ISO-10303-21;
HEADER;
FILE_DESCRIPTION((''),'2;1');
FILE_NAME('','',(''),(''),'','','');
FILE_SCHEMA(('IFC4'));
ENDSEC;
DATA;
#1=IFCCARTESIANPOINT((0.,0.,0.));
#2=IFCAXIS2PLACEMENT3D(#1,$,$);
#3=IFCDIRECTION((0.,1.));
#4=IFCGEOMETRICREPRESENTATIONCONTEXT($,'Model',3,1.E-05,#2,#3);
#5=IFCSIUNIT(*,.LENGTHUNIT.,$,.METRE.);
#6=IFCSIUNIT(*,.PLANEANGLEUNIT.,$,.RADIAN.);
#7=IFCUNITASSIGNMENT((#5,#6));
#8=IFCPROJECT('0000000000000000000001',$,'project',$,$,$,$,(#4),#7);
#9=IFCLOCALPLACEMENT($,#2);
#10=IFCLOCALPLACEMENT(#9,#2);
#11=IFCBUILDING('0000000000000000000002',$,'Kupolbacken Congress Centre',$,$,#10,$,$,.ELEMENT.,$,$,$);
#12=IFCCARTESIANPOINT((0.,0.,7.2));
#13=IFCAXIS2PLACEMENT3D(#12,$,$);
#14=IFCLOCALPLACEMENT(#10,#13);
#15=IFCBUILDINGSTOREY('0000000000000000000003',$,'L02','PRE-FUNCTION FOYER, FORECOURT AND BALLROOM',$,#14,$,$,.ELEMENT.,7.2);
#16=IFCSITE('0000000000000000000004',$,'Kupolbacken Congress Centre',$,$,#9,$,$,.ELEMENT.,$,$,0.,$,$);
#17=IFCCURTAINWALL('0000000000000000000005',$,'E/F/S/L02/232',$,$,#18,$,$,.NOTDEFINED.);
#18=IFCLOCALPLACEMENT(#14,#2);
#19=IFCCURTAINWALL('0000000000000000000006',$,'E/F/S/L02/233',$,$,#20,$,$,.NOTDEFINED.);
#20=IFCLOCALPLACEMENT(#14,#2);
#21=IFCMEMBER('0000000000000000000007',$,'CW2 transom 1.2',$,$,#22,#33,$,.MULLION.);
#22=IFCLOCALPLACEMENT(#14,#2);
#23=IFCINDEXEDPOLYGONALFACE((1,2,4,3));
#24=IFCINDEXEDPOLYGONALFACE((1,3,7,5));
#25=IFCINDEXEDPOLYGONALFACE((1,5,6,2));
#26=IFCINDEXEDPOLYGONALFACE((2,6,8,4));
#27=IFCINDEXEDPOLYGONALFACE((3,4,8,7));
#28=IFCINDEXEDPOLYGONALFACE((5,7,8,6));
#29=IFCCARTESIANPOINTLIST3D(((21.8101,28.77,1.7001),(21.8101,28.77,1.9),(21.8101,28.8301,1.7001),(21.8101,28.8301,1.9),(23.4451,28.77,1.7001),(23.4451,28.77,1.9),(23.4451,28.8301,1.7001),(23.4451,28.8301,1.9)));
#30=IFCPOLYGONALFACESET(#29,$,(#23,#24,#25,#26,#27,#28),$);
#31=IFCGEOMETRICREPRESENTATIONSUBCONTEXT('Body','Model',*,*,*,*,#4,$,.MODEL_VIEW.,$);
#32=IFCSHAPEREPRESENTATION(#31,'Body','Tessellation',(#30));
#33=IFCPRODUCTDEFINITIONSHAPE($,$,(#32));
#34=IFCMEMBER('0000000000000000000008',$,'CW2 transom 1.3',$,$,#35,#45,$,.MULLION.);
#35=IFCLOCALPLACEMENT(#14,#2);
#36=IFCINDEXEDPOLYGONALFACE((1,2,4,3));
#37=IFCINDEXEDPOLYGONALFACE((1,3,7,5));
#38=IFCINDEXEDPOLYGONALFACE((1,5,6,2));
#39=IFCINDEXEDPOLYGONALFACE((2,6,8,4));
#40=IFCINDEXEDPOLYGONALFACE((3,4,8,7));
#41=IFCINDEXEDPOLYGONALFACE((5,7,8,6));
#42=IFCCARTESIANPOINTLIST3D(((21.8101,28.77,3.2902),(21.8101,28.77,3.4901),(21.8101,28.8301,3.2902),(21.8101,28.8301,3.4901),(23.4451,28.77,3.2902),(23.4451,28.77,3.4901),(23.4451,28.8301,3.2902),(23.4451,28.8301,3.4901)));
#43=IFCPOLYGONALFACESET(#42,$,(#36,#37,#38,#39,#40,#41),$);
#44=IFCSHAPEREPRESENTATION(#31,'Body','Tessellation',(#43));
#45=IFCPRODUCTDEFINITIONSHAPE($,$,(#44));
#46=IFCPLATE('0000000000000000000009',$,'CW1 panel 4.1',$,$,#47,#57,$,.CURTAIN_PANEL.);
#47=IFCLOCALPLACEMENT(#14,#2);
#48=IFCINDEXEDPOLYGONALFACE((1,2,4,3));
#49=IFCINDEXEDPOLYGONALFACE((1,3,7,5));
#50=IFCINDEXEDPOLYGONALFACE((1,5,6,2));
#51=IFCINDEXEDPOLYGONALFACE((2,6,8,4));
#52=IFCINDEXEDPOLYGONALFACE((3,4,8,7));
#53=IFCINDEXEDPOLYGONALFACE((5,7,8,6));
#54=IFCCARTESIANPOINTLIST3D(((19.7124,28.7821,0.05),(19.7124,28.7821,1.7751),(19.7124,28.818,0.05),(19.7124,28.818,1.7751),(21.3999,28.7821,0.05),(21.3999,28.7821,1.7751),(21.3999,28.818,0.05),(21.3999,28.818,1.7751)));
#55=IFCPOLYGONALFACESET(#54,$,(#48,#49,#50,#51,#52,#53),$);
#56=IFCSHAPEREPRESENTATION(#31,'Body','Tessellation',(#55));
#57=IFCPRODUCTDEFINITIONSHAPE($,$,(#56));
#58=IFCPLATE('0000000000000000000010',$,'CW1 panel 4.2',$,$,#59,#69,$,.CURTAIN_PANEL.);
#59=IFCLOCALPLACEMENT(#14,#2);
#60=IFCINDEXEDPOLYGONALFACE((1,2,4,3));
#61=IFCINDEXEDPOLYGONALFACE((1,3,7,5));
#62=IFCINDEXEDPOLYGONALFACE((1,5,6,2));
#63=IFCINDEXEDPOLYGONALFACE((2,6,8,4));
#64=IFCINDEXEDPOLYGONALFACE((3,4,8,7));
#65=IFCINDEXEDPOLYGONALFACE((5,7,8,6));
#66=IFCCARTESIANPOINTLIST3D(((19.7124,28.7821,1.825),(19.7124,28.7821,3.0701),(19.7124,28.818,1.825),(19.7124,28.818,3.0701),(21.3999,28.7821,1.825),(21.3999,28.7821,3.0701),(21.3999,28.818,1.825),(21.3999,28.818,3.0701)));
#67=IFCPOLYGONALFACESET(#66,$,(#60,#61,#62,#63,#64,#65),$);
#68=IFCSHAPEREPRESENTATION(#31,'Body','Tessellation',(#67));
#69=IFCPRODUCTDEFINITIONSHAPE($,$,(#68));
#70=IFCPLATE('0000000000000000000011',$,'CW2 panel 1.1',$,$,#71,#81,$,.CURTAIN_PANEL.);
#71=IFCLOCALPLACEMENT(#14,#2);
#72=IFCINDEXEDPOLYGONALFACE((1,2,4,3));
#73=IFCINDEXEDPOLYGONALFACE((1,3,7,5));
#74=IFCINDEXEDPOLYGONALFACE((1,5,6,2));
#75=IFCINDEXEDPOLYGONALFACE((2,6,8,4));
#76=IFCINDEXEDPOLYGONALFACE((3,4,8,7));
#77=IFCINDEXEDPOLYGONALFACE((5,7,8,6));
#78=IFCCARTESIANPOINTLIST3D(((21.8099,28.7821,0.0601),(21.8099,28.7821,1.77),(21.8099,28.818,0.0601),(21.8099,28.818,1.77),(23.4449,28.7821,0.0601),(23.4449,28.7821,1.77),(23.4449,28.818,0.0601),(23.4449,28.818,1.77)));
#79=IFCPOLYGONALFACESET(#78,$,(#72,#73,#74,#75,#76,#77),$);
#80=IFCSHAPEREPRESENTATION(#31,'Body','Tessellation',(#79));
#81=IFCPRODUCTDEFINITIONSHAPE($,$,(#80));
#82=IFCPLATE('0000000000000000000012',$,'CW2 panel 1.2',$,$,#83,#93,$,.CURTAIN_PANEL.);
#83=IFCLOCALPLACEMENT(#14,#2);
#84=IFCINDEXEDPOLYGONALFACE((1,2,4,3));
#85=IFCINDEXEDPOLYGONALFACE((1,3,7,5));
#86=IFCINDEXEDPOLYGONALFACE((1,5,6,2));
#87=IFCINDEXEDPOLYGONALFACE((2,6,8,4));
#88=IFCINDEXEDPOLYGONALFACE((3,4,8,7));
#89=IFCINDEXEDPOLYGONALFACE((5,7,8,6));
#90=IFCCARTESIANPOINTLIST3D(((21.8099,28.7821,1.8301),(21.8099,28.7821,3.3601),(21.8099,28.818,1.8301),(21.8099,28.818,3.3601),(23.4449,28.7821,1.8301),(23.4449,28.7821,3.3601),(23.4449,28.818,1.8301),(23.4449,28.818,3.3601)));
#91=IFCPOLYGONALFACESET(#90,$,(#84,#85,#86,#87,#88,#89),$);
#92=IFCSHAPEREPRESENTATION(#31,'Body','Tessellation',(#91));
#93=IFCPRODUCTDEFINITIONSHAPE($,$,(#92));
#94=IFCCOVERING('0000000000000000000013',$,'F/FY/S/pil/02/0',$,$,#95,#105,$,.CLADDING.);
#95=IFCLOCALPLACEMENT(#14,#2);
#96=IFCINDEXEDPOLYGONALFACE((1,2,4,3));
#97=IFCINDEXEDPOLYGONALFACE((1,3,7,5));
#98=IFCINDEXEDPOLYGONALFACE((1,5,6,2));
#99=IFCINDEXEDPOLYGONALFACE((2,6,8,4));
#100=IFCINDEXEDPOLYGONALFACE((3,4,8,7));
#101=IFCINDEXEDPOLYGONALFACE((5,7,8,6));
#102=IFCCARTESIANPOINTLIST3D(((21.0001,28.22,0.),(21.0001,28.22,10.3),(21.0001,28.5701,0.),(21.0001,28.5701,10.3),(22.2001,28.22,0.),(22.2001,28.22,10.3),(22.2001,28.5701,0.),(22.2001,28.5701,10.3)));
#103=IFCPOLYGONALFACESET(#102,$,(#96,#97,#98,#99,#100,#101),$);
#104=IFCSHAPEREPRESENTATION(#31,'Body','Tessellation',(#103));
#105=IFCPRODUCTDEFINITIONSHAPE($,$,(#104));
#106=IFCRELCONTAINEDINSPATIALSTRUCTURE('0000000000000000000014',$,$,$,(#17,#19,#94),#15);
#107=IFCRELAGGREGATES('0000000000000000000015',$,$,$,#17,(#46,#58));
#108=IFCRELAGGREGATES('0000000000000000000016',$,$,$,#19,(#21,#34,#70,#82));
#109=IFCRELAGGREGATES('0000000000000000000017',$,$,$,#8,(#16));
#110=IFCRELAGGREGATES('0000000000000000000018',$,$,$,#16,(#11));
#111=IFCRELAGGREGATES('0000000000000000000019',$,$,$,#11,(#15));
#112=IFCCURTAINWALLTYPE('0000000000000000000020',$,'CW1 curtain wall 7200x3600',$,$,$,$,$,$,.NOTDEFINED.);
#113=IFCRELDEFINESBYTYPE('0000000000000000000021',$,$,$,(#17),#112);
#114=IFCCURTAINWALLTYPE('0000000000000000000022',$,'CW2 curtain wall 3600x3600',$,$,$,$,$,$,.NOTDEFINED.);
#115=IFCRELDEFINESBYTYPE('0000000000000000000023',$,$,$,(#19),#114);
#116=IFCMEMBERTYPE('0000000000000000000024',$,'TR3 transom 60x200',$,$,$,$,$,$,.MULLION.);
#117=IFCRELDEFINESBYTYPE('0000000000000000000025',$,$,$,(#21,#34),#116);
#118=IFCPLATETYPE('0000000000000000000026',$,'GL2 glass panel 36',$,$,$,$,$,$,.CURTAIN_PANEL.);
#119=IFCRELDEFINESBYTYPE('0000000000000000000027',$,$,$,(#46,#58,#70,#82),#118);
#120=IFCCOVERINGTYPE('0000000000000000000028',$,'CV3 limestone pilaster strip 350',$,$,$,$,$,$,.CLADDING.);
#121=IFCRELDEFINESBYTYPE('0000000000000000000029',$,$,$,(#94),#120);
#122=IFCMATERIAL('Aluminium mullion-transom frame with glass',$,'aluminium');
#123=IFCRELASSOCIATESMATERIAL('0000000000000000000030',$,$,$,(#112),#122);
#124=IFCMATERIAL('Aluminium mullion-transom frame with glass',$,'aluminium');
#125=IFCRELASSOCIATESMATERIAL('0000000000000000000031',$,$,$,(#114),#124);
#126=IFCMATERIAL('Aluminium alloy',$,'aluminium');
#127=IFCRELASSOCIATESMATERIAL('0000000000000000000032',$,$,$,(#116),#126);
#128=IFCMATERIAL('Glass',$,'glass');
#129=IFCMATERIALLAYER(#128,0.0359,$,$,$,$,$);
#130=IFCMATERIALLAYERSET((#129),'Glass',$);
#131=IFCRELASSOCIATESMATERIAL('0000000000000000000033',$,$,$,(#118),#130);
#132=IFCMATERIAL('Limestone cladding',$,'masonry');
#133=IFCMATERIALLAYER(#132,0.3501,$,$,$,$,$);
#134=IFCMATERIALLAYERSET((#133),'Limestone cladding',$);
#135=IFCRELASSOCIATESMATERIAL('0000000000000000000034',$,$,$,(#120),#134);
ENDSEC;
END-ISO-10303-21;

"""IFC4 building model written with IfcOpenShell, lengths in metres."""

from ifc_helpers import new_model, si_unit, direction, frame, origin, origin_2d, place, context, subcontext, project, spatial, rectangle, extrude, material, layer, layer_set, material_profile, profile_set, type_object, element, aggregate, save


model = new_model("IFC4")

# Units and contexts
model_context = context("Model", 3, precision=1e-05, world=origin(), true_north=direction((0.0, 1.0)))
body_context = subcontext(model_context, "Body", "Model", "MODEL_VIEW")
ifc_project = project(units=[si_unit("LENGTHUNIT", "METRE"), si_unit("PLANEANGLEUNIT", "RADIAN")], contexts=[model_context])

# Site, building, storey
site_placement = place(None, origin())
site = spatial("IfcSite", under=ifc_project, at=site_placement, Name="Kupolbacken Congress Centre", CompositionType="ELEMENT", RefElevation=0.0)
building_placement = place(site_placement, origin())
building = spatial("IfcBuilding", under=site, at=building_placement, Name="Kupolbacken Congress Centre", CompositionType="ELEMENT")
storey_placement = place(building_placement, frame((0.0, 0.0, 7.2)))
storey = spatial("IfcBuildingStorey", under=building, at=storey_placement, Name="L02", Description="PRE-FUNCTION FOYER, FORECOURT AND BALLROOM", CompositionType="ELEMENT", Elevation=7.2)

# Curtain walls
ifc_material_1 = material(Name="Aluminium mullion-transom frame with glass", Category="aluminium")
curtain_wall_type_1 = type_object("IfcCurtainWallType", Name="CW1 curtain wall 7200x3600", PredefinedType="NOTDEFINED", material=ifc_material_1)
curtain_wall_1_placement = place(storey_placement, origin())
curtain_wall_1 = element("IfcCurtainWall", 1, at=curtain_wall_1_placement, inside=storey, type_object=curtain_wall_type_1, Name="E/F/S/L02/232", PredefinedType="NOTDEFINED")
ifc_material_2 = material(Name="Aluminium mullion-transom frame with glass", Category="aluminium")
curtain_wall_type_2 = type_object("IfcCurtainWallType", Name="CW2 curtain wall 3600x3600", PredefinedType="NOTDEFINED", material=ifc_material_2)
curtain_wall_2_placement = place(storey_placement, origin())
curtain_wall_2 = element("IfcCurtainWall", 2, at=curtain_wall_2_placement, inside=storey, type_object=curtain_wall_type_2, Name="E/F/S/L02/233", PredefinedType="NOTDEFINED")

# Members
ifc_material_3 = material(Name="Aluminium alloy", Category="aluminium")
ifc_material_profile_1 = material_profile(ifc_material_3, rectangle(XDim=0.0601, YDim=0.2, at=origin_2d()), Name="60 x 200")
ifc_profile_set_1 = profile_set([ifc_material_profile_1], Name="Aluminium alloy")
member_type_1 = type_object("IfcMemberType", Name="TR3 transom 60x200", PredefinedType="MULLION", material=ifc_profile_set_1)
member_1_placement = place(storey_placement, frame((21.8101, 28.8, 1.8), z_axis=(1.0, 0.0, 0.0), x_axis=(0.0, 1.0, 0.0)))
member_1 = element("IfcMember", 3, at=member_1_placement, type_object=member_type_1, Name="CW2 transom 1.2", PredefinedType="MULLION", context=body_context, shape_type="SweptSolid", body=[
    extrude(rectangle(XDim=0.0601, YDim=0.2, at=origin_2d()), origin(), (0.0, 0.0, 1.0), 1.635),
])
member_2_placement = place(storey_placement, frame((21.8101, 28.8, 3.3901), z_axis=(1.0, 0.0, 0.0), x_axis=(0.0, 1.0, 0.0)))
member_2 = element("IfcMember", 4, at=member_2_placement, type_object=member_type_1, Name="CW2 transom 1.3", PredefinedType="MULLION", context=body_context, shape_type="SweptSolid", body=[
    extrude(rectangle(XDim=0.0601, YDim=0.2, at=origin_2d()), origin(), (0.0, 0.0, 1.0), 1.635),
])

# Plates
ifc_material_4 = material(Name="Glass", Category="glass")
ifc_layer_1 = layer(ifc_material_4, 0.0359)
ifc_layer_set_1 = layer_set([ifc_layer_1], Name="Glass")
plate_type = type_object("IfcPlateType", Name="GL2 glass panel 36", PredefinedType="CURTAIN_PANEL", material=ifc_layer_set_1)
plate_1_placement = place(storey_placement, frame((20.5562, 28.8, 0.05), z_axis=(0.0, 0.0, 1.0), x_axis=(1.0, 0.0, 0.0)))
plate_1 = element("IfcPlate", 5, at=plate_1_placement, type_object=plate_type, Name="CW1 panel 4.1", PredefinedType="CURTAIN_PANEL", context=body_context, shape_type="SweptSolid", body=[
    extrude(rectangle(XDim=1.6875, YDim=0.0359, at=origin_2d()), origin(), (0.0, 0.0, 1.0), 1.7251),
])
plate_2_placement = place(storey_placement, frame((20.5562, 28.8, 1.825), z_axis=(0.0, 0.0, 1.0), x_axis=(1.0, 0.0, 0.0)))
plate_2 = element("IfcPlate", 6, at=plate_2_placement, type_object=plate_type, Name="CW1 panel 4.2", PredefinedType="CURTAIN_PANEL", context=body_context, shape_type="SweptSolid", body=[
    extrude(rectangle(XDim=1.6875, YDim=0.0359, at=origin_2d()), origin(), (0.0, 0.0, 1.0), 1.2451),
])
aggregate(curtain_wall_1, [plate_1, plate_2])
plate_3_placement = place(storey_placement, frame((22.6274, 28.8, 0.0601), z_axis=(0.0, 0.0, 1.0), x_axis=(1.0, 0.0, 0.0)))
plate_3 = element("IfcPlate", 7, at=plate_3_placement, type_object=plate_type, Name="CW2 panel 1.1", PredefinedType="CURTAIN_PANEL", context=body_context, shape_type="SweptSolid", body=[
    extrude(rectangle(XDim=1.635, YDim=0.0359, at=origin_2d()), origin(), (0.0, 0.0, 1.0), 1.71),
])
plate_4_placement = place(storey_placement, frame((22.6274, 28.8, 1.8301), z_axis=(0.0, 0.0, 1.0), x_axis=(1.0, 0.0, 0.0)))
plate_4 = element("IfcPlate", 8, at=plate_4_placement, type_object=plate_type, Name="CW2 panel 1.2", PredefinedType="CURTAIN_PANEL", context=body_context, shape_type="SweptSolid", body=[
    extrude(rectangle(XDim=1.635, YDim=0.0359, at=origin_2d()), origin(), (0.0, 0.0, 1.0), 1.53),
])
aggregate(curtain_wall_2, [member_1, member_2, plate_3, plate_4])

# Covering
ifc_material_5 = material(Name="Limestone cladding", Category="masonry")
ifc_layer_2 = layer(ifc_material_5, 0.3501)
ifc_layer_set_2 = layer_set([ifc_layer_2], Name="Limestone cladding")
covering_type = type_object("IfcCoveringType", Name="CV3 limestone pilaster strip 350", PredefinedType="CLADDING", material=ifc_layer_set_2)
covering_placement = place(storey_placement, frame((21.6001, 28.395, 0.0), z_axis=(0.0, 0.0, 1.0), x_axis=(1.0, 0.0, 0.0)))
element("IfcCovering", 9, at=covering_placement, inside=storey, type_object=covering_type, Name="F/FY/S/pil/02/0", PredefinedType="CLADDING", context=body_context, shape_type="SweptSolid", body=[
    extrude(rectangle(XDim=1.2, YDim=0.3501, at=origin_2d()), origin(), (0.0, 0.0, 1.0), 10.3),
])

save(model, "model.ifc")
